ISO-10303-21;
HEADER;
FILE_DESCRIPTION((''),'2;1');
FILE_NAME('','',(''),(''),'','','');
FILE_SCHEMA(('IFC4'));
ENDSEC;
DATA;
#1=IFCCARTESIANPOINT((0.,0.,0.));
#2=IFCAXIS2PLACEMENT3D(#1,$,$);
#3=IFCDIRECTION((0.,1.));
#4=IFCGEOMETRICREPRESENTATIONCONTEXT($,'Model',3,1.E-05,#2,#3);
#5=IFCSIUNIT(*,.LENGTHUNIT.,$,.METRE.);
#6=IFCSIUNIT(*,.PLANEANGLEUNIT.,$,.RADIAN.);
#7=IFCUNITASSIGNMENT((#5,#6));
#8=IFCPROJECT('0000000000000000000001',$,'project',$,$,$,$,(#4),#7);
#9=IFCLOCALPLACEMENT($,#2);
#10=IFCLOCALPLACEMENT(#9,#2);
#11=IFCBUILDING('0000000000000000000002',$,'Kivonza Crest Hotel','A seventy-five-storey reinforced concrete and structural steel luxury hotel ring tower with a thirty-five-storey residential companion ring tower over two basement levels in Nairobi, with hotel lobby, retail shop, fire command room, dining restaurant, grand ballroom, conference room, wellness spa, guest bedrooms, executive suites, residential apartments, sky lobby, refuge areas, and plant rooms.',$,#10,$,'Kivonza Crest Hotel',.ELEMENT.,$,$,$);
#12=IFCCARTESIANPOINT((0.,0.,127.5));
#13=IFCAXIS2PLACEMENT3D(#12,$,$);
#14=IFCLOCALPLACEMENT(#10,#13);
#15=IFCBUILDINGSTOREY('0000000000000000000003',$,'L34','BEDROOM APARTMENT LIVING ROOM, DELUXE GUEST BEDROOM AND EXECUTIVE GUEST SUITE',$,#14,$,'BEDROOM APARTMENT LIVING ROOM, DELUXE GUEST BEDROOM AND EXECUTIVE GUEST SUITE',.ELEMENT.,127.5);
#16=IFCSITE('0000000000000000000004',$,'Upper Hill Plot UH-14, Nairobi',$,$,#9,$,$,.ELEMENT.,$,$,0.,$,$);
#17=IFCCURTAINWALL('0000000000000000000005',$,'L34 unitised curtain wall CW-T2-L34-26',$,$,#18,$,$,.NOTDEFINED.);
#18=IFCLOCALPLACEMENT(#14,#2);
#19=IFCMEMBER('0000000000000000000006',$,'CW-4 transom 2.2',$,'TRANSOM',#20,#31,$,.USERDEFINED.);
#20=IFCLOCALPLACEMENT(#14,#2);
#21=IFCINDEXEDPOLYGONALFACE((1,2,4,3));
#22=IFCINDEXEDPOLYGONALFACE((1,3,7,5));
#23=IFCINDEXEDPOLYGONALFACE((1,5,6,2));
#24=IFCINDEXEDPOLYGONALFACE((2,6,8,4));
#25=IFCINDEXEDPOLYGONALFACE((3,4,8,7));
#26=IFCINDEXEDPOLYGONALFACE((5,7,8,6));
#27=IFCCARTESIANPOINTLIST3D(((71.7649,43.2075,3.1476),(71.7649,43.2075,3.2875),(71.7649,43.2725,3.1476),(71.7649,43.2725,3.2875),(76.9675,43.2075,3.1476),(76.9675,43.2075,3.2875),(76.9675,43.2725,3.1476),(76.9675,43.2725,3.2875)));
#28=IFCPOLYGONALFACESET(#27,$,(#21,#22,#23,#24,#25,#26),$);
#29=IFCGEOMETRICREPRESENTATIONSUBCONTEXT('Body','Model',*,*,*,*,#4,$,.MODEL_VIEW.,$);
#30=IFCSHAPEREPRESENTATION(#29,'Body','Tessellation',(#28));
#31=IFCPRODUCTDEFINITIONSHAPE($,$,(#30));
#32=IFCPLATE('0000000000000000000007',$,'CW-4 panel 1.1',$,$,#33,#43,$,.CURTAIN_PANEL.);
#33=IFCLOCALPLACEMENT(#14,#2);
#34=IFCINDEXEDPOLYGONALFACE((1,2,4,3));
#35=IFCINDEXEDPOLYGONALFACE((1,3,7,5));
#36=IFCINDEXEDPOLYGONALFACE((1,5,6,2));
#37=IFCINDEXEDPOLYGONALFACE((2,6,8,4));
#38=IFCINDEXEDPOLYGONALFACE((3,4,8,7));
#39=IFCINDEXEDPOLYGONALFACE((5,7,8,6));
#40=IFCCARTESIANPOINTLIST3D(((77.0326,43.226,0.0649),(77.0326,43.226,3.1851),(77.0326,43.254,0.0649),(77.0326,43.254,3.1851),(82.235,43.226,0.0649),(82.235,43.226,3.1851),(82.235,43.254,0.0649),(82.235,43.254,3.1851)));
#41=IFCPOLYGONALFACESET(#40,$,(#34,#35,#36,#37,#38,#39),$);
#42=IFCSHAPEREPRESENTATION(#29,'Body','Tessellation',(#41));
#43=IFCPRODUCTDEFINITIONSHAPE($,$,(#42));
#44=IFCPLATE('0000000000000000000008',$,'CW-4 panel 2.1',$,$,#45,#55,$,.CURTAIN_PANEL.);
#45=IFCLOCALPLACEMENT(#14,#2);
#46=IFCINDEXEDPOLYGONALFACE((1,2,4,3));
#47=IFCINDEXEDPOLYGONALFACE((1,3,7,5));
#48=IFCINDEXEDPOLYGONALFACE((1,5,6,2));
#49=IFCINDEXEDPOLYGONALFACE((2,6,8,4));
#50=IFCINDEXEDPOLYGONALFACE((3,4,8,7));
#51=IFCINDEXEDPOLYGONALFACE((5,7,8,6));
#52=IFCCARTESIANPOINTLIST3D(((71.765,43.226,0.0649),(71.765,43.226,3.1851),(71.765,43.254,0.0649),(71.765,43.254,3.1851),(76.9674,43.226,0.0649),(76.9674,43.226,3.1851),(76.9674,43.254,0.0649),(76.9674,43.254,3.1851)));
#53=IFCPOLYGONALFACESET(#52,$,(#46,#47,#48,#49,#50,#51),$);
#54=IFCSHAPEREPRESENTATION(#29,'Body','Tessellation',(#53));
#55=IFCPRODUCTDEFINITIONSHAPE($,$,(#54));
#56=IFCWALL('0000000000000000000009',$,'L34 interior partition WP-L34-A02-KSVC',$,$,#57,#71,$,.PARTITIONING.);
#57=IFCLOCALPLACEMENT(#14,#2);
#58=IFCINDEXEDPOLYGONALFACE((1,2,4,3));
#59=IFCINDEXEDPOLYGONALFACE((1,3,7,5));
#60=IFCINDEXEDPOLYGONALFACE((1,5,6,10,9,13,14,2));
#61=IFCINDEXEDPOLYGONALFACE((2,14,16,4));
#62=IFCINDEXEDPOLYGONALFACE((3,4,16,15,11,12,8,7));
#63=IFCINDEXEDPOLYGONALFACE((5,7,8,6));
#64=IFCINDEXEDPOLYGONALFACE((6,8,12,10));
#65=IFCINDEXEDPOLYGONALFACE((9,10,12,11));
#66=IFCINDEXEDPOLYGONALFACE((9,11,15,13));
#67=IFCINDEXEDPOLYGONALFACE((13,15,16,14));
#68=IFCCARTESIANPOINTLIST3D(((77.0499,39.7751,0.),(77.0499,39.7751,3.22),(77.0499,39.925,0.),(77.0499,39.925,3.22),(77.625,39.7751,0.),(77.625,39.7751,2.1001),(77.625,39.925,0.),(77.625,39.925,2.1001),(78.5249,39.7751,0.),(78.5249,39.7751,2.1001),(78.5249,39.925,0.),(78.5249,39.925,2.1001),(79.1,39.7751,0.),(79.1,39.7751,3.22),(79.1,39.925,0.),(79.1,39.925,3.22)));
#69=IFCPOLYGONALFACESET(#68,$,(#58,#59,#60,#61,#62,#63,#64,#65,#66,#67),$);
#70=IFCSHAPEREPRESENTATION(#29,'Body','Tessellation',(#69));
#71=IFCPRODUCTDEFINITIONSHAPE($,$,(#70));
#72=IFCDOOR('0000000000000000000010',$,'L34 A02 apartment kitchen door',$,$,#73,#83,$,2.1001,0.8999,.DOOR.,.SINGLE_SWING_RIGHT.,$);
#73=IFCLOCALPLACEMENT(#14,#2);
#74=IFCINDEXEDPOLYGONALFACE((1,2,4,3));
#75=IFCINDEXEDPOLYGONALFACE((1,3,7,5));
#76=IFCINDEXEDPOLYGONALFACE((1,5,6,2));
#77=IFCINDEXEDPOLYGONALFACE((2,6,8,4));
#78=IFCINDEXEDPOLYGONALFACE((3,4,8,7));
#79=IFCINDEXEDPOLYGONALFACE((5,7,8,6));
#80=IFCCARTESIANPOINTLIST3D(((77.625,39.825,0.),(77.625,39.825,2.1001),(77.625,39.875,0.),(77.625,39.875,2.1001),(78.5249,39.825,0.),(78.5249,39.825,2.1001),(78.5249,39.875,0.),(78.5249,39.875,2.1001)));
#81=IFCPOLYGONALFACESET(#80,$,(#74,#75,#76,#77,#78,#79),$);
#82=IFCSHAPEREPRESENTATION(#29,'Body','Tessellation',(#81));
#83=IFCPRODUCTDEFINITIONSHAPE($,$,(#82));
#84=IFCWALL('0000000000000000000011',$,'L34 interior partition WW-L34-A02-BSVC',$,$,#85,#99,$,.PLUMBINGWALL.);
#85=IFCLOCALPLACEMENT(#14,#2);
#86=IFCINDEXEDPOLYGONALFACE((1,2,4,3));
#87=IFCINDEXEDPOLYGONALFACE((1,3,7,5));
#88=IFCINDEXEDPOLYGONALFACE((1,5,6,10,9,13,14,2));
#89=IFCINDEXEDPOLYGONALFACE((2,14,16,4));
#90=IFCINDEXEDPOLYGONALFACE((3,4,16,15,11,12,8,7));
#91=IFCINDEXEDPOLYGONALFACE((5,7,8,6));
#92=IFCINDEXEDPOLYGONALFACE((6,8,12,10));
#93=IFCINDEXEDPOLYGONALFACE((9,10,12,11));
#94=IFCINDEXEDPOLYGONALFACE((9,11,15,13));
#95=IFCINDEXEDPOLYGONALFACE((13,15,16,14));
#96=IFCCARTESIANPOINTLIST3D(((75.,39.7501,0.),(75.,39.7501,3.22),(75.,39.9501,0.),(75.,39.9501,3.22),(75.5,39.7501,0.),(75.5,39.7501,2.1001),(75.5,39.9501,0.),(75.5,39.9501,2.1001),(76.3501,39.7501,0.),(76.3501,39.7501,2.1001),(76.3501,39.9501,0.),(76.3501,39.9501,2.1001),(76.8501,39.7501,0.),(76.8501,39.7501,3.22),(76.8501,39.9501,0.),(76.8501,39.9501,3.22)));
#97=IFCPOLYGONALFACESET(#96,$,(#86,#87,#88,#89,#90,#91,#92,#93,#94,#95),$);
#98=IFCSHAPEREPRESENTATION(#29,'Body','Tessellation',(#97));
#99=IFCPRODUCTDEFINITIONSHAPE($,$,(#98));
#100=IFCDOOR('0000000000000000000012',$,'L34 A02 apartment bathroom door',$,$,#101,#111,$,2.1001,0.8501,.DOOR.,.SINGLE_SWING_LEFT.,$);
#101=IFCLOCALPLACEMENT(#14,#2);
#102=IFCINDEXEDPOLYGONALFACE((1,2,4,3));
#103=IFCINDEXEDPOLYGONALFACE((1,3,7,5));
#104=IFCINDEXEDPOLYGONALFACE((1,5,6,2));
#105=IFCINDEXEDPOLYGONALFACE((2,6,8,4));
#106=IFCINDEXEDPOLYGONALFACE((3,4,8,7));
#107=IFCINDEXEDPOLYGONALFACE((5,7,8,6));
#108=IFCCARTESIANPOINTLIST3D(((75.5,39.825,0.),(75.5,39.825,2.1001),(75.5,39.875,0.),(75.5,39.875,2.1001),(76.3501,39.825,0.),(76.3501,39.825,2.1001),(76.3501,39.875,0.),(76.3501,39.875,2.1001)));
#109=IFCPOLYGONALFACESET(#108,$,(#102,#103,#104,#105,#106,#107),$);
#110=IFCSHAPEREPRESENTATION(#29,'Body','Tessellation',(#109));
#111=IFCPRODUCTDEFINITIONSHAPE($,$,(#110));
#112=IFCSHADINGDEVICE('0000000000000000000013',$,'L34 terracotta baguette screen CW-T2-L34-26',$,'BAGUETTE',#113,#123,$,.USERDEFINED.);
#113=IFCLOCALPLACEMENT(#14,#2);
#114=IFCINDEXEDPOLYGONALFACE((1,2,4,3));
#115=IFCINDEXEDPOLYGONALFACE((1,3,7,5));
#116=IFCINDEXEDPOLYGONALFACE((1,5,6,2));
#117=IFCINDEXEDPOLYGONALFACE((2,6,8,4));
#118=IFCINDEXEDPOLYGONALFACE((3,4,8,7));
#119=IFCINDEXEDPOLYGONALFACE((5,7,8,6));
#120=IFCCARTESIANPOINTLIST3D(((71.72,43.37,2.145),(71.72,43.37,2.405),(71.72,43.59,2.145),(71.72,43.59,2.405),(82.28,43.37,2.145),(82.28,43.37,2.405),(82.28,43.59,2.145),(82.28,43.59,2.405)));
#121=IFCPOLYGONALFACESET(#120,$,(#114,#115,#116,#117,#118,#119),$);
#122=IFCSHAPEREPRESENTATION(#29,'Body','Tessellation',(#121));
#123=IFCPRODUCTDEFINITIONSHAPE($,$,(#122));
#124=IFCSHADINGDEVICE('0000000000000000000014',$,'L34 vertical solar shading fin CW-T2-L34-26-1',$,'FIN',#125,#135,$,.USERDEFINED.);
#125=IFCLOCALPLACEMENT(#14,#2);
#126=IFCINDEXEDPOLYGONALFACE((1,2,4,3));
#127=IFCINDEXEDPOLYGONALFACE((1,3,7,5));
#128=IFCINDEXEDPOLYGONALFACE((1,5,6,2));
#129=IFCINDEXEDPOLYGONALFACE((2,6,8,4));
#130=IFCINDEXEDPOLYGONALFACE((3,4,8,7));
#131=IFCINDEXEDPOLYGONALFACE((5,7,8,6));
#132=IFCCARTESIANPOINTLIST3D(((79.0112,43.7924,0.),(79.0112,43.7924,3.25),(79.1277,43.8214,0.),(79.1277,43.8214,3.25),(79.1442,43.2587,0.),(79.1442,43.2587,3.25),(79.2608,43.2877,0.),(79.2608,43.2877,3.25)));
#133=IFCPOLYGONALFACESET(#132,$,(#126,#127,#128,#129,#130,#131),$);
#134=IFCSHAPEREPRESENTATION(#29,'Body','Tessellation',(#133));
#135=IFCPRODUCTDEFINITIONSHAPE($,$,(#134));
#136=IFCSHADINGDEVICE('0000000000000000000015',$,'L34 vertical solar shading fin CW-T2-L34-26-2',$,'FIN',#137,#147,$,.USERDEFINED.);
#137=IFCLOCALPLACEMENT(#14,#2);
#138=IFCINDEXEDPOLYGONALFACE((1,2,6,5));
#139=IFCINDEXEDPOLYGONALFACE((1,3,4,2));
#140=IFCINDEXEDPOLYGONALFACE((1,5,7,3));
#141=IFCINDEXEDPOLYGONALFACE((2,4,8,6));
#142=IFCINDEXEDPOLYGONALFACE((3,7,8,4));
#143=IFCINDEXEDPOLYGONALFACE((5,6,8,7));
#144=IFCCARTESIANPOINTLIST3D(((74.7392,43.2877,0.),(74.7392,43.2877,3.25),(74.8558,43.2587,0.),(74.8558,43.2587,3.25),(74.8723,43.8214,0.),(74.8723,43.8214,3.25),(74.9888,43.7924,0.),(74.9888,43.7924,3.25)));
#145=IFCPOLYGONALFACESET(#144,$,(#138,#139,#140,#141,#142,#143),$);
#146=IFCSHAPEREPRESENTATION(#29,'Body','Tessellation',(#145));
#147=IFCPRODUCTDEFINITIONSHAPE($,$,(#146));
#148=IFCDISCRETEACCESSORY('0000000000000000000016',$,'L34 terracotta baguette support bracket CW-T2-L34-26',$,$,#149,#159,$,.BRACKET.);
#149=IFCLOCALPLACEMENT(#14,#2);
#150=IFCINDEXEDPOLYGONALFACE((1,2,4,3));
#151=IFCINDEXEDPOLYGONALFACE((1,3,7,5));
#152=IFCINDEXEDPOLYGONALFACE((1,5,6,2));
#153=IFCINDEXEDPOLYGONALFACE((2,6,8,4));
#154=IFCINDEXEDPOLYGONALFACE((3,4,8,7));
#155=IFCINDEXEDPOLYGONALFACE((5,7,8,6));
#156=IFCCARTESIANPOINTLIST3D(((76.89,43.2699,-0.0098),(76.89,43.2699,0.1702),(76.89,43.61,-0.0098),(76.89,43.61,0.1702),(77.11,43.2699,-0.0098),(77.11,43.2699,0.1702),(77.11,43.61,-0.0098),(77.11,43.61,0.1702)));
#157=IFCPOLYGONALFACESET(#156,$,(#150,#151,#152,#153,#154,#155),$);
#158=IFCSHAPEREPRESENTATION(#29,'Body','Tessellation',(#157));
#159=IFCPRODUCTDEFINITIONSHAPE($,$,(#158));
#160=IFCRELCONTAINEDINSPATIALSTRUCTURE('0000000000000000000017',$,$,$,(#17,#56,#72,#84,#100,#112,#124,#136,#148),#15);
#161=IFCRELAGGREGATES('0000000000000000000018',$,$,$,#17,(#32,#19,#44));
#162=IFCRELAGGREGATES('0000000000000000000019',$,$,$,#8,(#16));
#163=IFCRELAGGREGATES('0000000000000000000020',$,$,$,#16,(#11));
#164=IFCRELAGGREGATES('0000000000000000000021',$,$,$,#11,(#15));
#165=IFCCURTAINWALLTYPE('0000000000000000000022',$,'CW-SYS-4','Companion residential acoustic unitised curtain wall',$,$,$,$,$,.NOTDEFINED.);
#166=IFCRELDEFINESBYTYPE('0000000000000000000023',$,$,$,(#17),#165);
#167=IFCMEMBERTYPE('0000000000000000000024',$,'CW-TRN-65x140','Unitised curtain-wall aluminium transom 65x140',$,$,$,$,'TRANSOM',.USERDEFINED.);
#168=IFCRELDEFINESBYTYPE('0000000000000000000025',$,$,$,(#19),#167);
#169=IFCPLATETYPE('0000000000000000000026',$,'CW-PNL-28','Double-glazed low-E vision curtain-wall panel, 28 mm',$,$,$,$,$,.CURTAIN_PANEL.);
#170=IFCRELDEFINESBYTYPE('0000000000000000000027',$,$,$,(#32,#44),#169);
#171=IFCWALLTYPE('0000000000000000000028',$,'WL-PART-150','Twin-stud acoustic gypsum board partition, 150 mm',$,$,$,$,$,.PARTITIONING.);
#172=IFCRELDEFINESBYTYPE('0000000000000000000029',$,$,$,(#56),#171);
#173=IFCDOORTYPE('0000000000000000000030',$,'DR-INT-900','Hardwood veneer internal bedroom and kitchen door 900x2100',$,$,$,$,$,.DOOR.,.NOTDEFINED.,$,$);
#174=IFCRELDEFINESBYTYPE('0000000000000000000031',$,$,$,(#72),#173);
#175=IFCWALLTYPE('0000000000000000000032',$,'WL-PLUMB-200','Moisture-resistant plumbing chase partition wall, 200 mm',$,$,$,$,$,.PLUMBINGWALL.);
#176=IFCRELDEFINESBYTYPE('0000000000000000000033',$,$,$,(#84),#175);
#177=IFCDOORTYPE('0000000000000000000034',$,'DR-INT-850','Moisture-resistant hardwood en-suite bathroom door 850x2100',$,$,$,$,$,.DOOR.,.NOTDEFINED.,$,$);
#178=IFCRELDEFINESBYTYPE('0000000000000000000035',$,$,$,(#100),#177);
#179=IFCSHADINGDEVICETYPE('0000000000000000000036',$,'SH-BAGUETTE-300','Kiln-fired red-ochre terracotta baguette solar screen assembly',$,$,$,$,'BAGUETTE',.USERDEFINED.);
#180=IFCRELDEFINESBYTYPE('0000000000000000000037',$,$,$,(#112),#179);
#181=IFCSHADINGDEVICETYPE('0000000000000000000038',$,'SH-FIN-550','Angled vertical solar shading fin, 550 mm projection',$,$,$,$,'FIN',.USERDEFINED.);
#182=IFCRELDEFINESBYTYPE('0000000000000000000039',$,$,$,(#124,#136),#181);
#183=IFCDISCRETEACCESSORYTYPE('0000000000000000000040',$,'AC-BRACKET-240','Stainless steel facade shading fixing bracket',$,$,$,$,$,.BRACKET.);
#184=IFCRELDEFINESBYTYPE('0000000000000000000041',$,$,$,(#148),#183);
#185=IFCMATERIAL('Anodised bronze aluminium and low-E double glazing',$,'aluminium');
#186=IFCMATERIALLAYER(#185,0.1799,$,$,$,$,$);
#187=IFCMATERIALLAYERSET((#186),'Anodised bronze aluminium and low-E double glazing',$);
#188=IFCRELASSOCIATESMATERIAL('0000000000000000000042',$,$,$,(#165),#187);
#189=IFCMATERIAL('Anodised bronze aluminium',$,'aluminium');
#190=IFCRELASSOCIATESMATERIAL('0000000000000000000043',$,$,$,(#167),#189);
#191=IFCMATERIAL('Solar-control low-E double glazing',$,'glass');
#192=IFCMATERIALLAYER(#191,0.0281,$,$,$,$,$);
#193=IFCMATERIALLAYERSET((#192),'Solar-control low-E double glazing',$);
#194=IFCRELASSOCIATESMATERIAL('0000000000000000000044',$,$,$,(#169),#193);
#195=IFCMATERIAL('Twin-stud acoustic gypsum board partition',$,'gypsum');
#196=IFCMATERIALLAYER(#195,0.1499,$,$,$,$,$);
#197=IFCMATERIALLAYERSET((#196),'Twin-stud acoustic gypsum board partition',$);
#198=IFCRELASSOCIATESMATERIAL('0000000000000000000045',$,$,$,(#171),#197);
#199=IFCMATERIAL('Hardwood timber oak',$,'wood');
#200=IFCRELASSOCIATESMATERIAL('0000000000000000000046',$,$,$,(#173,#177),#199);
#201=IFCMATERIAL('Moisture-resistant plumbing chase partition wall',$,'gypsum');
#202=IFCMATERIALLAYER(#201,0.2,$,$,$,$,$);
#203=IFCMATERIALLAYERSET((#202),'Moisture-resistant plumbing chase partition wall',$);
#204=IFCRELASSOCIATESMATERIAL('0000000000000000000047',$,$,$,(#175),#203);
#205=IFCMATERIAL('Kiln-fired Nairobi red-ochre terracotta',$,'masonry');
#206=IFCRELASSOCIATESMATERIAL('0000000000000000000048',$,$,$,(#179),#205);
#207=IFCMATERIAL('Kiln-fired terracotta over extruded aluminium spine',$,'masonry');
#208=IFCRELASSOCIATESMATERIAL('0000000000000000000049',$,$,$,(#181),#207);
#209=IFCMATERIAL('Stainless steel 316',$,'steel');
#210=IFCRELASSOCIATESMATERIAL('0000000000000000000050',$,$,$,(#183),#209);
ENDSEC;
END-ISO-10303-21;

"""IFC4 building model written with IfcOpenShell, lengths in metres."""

from ifc_helpers import new_model, si_unit, direction, frame, frame_2d, origin, origin_2d, place, context, subcontext, project, spatial, rectangle, extrude, material, layer, layer_set, material_profile, profile_set, type_object, element, fill, aggregate, save


model = new_model("IFC4")

# Units and contexts
model_context = context("Model", 3, precision=1e-05, world=origin(), true_north=direction((0.0, 1.0)))
body_context = subcontext(model_context, "Body", "Model", "MODEL_VIEW")
ifc_project = project(units=[si_unit("LENGTHUNIT", "METRE"), si_unit("PLANEANGLEUNIT", "RADIAN")], contexts=[model_context])

# Site, building, storey
site_placement = place(None, origin())
site = spatial("IfcSite", under=ifc_project, at=site_placement, Name="Upper Hill Plot UH-14, Nairobi", CompositionType="ELEMENT", RefElevation=0.0)
building_placement = place(site_placement, origin())
building = spatial("IfcBuilding", under=site, at=building_placement, Name="Kivonza Crest Hotel", Description="A seventy-five-storey reinforced concrete and structural steel luxury hotel ring tower with a thirty-five-storey residential companion ring tower over two basement levels in Nairobi, with hotel lobby, retail shop, fire command room, dining restaurant, grand ballroom, conference room, wellness spa, guest bedrooms, executive suites, residential apartments, sky lobby, refuge areas, and plant rooms.", LongName="Kivonza Crest Hotel", CompositionType="ELEMENT")
storey_placement = place(building_placement, frame((0.0, 0.0, 127.5)))
storey = spatial("IfcBuildingStorey", under=building, at=storey_placement, Name="L34", Description="BEDROOM APARTMENT LIVING ROOM, DELUXE GUEST BEDROOM AND EXECUTIVE GUEST SUITE", LongName="BEDROOM APARTMENT LIVING ROOM, DELUXE GUEST BEDROOM AND EXECUTIVE GUEST SUITE", CompositionType="ELEMENT", Elevation=127.5)

# Curtain wall, member, plates
ifc_material_1 = material(Name="Anodised bronze aluminium and low-E double glazing", Category="aluminium")
ifc_layer_1 = layer(ifc_material_1, 0.1799)
ifc_layer_set_1 = layer_set([ifc_layer_1], Name="Anodised bronze aluminium and low-E double glazing")
curtain_wall_type = type_object("IfcCurtainWallType", Name="CW-SYS-4", Description="Companion residential acoustic unitised curtain wall", PredefinedType="NOTDEFINED", material=ifc_layer_set_1)
curtain_wall_placement = place(storey_placement, origin())
curtain_wall = element("IfcCurtainWall", 1, at=curtain_wall_placement, inside=storey, type_object=curtain_wall_type, Name="L34 unitised curtain wall CW-T2-L34-26", PredefinedType="NOTDEFINED")
ifc_material_2 = material(Name="Anodised bronze aluminium", Category="aluminium")
ifc_material_profile_1 = material_profile(ifc_material_2, rectangle(XDim=0.0649, YDim=0.1399, at=origin_2d()), Name="CW-T 65x140")
ifc_profile_set_1 = profile_set([ifc_material_profile_1], Name="Anodised bronze aluminium")
member_type_1 = type_object("IfcMemberType", Name="CW-TRN-65x140", Description="Unitised curtain-wall aluminium transom 65x140", ElementType="TRANSOM", PredefinedType="USERDEFINED", material=ifc_profile_set_1)
member_1_placement = place(storey_placement, frame((76.9675, 43.24, 3.2175), z_axis=(-1.0, 0.0, 0.0), x_axis=(0.0, -1.0, 0.0)))
member_1 = element("IfcMember", 2, at=member_1_placement, type_object=member_type_1, Name="CW-4 transom 2.2", ObjectType="TRANSOM", PredefinedType="USERDEFINED", context=body_context, shape_type="SweptSolid", body=[
    extrude(rectangle(XDim=0.0649, YDim=0.1399, at=origin_2d()), origin(), (0.0, 0.0, 1.0), 5.2026),
])
ifc_material_3 = material(Name="Solar-control low-E double glazing", Category="glass")
ifc_layer_2 = layer(ifc_material_3, 0.0281)
ifc_layer_set_2 = layer_set([ifc_layer_2], Name="Solar-control low-E double glazing")
plate_type = type_object("IfcPlateType", Name="CW-PNL-28", Description="Double-glazed low-E vision curtain-wall panel, 28 mm", PredefinedType="CURTAIN_PANEL", material=ifc_layer_set_2)
plate_1_placement = place(storey_placement, frame((79.6338, 43.24, 0.0649), z_axis=(0.0, 0.0, 1.0), x_axis=(-1.0, 0.0, 0.0)))
plate_1 = element("IfcPlate", 3, at=plate_1_placement, type_object=plate_type, Name="CW-4 panel 1.1", PredefinedType="CURTAIN_PANEL", context=body_context, shape_type="SweptSolid", body=[
    extrude(rectangle(XDim=5.2024, YDim=0.0281, at=origin_2d()), origin(), (0.0, 0.0, 1.0), 3.1201),
])
plate_2_placement = place(storey_placement, frame((74.3662, 43.24, 0.0649), z_axis=(0.0, 0.0, 1.0), x_axis=(-1.0, 0.0, 0.0)))
plate_2 = element("IfcPlate", 4, at=plate_2_placement, type_object=plate_type, Name="CW-4 panel 2.1", PredefinedType="CURTAIN_PANEL", context=body_context, shape_type="SweptSolid", body=[
    extrude(rectangle(XDim=5.2024, YDim=0.0281, at=origin_2d()), origin(), (0.0, 0.0, 1.0), 3.1201),
])
aggregate(curtain_wall, [plate_1, member_1, plate_2])

# Walls, openings, doors
ifc_material_4 = material(Name="Twin-stud acoustic gypsum board partition", Category="gypsum")
ifc_layer_3 = layer(ifc_material_4, 0.1499)
ifc_layer_set_3 = layer_set([ifc_layer_3], Name="Twin-stud acoustic gypsum board partition")
wall_type_1 = type_object("IfcWallType", Name="WL-PART-150", Description="Twin-stud acoustic gypsum board partition, 150 mm", PredefinedType="PARTITIONING", material=ifc_layer_set_3)
wall_1_placement = place(storey_placement, frame((77.05, 39.8501, 0.0), z_axis=(0.0, 0.0, 1.0), x_axis=(1.0, 0.0, 0.0)))
wall_1 = element("IfcWall", 5, at=wall_1_placement, inside=storey, type_object=wall_type_1, Name="L34 interior partition WP-L34-A02-KSVC", PredefinedType="PARTITIONING", context=body_context, shape_type="SweptSolid", body=[
    extrude(rectangle(XDim=2.05, YDim=0.1499, at=frame_2d((1.0249, 0.0))), origin(), (0.0, 0.0, 1.0), 3.22),
])
opening_1_placement = place(wall_1_placement, frame((0.575, 0.0, 0.0)))
opening_1 = element("IfcOpeningElement", 6, at=opening_1_placement, cuts=wall_1, PredefinedType="OPENING", context=body_context, shape_type="SweptSolid", body=[
    extrude(rectangle(XDim=0.8999, YDim=2.1001, at=frame_2d((0.45, 1.05))), frame((0.0, 0.085, 0.0), z_axis=(0.0, -1.0, 0.0), x_axis=(1.0, 0.0, 0.0)), (0.0, 0.0, 1.0), 0.1699),
])
ifc_material_5 = material(Name="Hardwood timber oak", Category="wood")
door_type_1 = type_object("IfcDoorType", Name="DR-INT-900", Description="Hardwood veneer internal bedroom and kitchen door 900x2100", OperationType="NOTDEFINED", PredefinedType="DOOR", material=ifc_material_5)
door_1_placement = place(opening_1_placement, origin())
door_1 = element("IfcDoor", 7, at=door_1_placement, inside=storey, type_object=door_type_1, Name="L34 A02 apartment kitchen door", OperationType="SINGLE_SWING_RIGHT", OverallHeight=2.1001, OverallWidth=0.8999, PredefinedType="DOOR", context=body_context, shape_type="SweptSolid", body=[
    extrude(rectangle(XDim=0.8999, YDim=2.1001, at=frame_2d((0.45, 1.05))), frame((0.0, 0.0249, 0.0), z_axis=(0.0, -1.0, 0.0), x_axis=(1.0, 0.0, 0.0)), (0.0, 0.0, 1.0), 0.05),
])
fill(opening_1, door_1)
ifc_material_6 = material(Name="Moisture-resistant plumbing chase partition wall", Category="gypsum")
ifc_layer_4 = layer(ifc_material_6, 0.2)
ifc_layer_set_4 = layer_set([ifc_layer_4], Name="Moisture-resistant plumbing chase partition wall")
wall_type_2 = type_object("IfcWallType", Name="WL-PLUMB-200", Description="Moisture-resistant plumbing chase partition wall, 200 mm", PredefinedType="PLUMBINGWALL", material=ifc_layer_set_4)
wall_2_placement = place(storey_placement, frame((75.0, 39.8501, 0.0), z_axis=(0.0, 0.0, 1.0), x_axis=(1.0, 0.0, 0.0)))
wall_2 = element("IfcWall", 8, at=wall_2_placement, inside=storey, type_object=wall_type_2, Name="L34 interior partition WW-L34-A02-BSVC", PredefinedType="PLUMBINGWALL", context=body_context, shape_type="SweptSolid", body=[
    extrude(rectangle(XDim=1.8501, YDim=0.2, at=frame_2d((0.925, 0.0))), origin(), (0.0, 0.0, 1.0), 3.22),
])
opening_2_placement = place(wall_2_placement, frame((0.5, 0.0, 0.0)))
opening_2 = element("IfcOpeningElement", 9, at=opening_2_placement, cuts=wall_2, PredefinedType="OPENING", context=body_context, shape_type="SweptSolid", body=[
    extrude(rectangle(XDim=0.8501, YDim=2.1001, at=frame_2d((0.425, 1.05))), frame((0.0, 0.1099, 0.0), z_axis=(0.0, -1.0, 0.0), x_axis=(1.0, 0.0, 0.0)), (0.0, 0.0, 1.0), 0.22),
])
door_type_2 = type_object("IfcDoorType", Name="DR-INT-850", Description="Moisture-resistant hardwood en-suite bathroom door 850x2100", OperationType="NOTDEFINED", PredefinedType="DOOR", material=ifc_material_5)
door_2_placement = place(opening_2_placement, origin())
door_2 = element("IfcDoor", 10, at=door_2_placement, inside=storey, type_object=door_type_2, Name="L34 A02 apartment bathroom door", OperationType="SINGLE_SWING_LEFT", OverallHeight=2.1001, OverallWidth=0.8501, PredefinedType="DOOR", context=body_context, shape_type="SweptSolid", body=[
    extrude(rectangle(XDim=0.8501, YDim=2.1001, at=frame_2d((0.425, 1.05))), frame((0.0, 0.0249, 0.0), z_axis=(0.0, -1.0, 0.0), x_axis=(1.0, 0.0, 0.0)), (0.0, 0.0, 1.0), 0.05),
])
fill(opening_2, door_2)

# Shading devices
ifc_material_7 = material(Name="Kiln-fired Nairobi red-ochre terracotta", Category="masonry")
shading_device_type_1 = type_object("IfcShadingDeviceType", Name="SH-BAGUETTE-300", Description="Kiln-fired red-ochre terracotta baguette solar screen assembly", ElementType="BAGUETTE", PredefinedType="USERDEFINED", material=ifc_material_7)
shading_device_placement = place(storey_placement, frame((77.0, 43.48, 2.145), z_axis=(0.0, 0.0, 1.0), x_axis=(-1.0, 0.0, 0.0)))
element("IfcShadingDevice", 11, at=shading_device_placement, inside=storey, type_object=shading_device_type_1, Name="L34 terracotta baguette screen CW-T2-L34-26", ObjectType="BAGUETTE", PredefinedType="USERDEFINED", context=body_context, shape_type="SweptSolid", body=[
    extrude(rectangle(XDim=10.5601, YDim=0.22, at=origin_2d()), origin(), (0.0, 0.0, 1.0), 0.26),
])
ifc_material_8 = material(Name="Kiln-fired terracotta over extruded aluminium spine", Category="masonry")
shading_device_type_2 = type_object("IfcShadingDeviceType", Name="SH-FIN-550", Description="Angled vertical solar shading fin, 550 mm projection", ElementType="FIN", PredefinedType="USERDEFINED", material=ifc_material_8)
for number, where, z_axis, x_axis, name in (
    (12, (79.136, 43.54, 0.0), (0.0, 0.0, 1.0), (-0.970296, -0.241922, 0.0), "L34 vertical solar shading fin CW-T2-L34-26-1"),
    (13, (74.864, 43.54, 0.0), (0.0, 0.0, 1.0), (-0.970296, 0.241922, 0.0), "L34 vertical solar shading fin CW-T2-L34-26-2"),
):
    element("IfcShadingDevice", number, at=place(storey_placement, frame(where, z_axis=z_axis, x_axis=x_axis)), inside=storey, type_object=shading_device_type_2, Name=name, ObjectType="FIN", PredefinedType="USERDEFINED", context=body_context, shape_type="SweptSolid", body=[
        extrude(rectangle(XDim=0.1201, YDim=0.55, at=origin_2d()), origin(), (0.0, 0.0, 1.0), 3.25),
    ])

# Discrete accessory
ifc_material_9 = material(Name="Stainless steel 316", Category="steel")
discrete_accessory_type = type_object("IfcDiscreteAccessoryType", Name="AC-BRACKET-240", Description="Stainless steel facade shading fixing bracket", PredefinedType="BRACKET", material=ifc_material_9)
discrete_accessory_placement = place(storey_placement, frame((77.0, 43.4399, -0.0098), z_axis=(0.0, 0.0, 1.0), x_axis=(-1.0, 0.0, 0.0)))
element("IfcDiscreteAccessory", 14, at=discrete_accessory_placement, inside=storey, type_object=discrete_accessory_type, Name="L34 terracotta baguette support bracket CW-T2-L34-26", PredefinedType="BRACKET", context=body_context, shape_type="SweptSolid", body=[
    extrude(rectangle(XDim=0.22, YDim=0.3401, at=origin_2d()), origin(), (0.0, 0.0, 1.0), 0.1799),
])

save(model, "model.ifc")
